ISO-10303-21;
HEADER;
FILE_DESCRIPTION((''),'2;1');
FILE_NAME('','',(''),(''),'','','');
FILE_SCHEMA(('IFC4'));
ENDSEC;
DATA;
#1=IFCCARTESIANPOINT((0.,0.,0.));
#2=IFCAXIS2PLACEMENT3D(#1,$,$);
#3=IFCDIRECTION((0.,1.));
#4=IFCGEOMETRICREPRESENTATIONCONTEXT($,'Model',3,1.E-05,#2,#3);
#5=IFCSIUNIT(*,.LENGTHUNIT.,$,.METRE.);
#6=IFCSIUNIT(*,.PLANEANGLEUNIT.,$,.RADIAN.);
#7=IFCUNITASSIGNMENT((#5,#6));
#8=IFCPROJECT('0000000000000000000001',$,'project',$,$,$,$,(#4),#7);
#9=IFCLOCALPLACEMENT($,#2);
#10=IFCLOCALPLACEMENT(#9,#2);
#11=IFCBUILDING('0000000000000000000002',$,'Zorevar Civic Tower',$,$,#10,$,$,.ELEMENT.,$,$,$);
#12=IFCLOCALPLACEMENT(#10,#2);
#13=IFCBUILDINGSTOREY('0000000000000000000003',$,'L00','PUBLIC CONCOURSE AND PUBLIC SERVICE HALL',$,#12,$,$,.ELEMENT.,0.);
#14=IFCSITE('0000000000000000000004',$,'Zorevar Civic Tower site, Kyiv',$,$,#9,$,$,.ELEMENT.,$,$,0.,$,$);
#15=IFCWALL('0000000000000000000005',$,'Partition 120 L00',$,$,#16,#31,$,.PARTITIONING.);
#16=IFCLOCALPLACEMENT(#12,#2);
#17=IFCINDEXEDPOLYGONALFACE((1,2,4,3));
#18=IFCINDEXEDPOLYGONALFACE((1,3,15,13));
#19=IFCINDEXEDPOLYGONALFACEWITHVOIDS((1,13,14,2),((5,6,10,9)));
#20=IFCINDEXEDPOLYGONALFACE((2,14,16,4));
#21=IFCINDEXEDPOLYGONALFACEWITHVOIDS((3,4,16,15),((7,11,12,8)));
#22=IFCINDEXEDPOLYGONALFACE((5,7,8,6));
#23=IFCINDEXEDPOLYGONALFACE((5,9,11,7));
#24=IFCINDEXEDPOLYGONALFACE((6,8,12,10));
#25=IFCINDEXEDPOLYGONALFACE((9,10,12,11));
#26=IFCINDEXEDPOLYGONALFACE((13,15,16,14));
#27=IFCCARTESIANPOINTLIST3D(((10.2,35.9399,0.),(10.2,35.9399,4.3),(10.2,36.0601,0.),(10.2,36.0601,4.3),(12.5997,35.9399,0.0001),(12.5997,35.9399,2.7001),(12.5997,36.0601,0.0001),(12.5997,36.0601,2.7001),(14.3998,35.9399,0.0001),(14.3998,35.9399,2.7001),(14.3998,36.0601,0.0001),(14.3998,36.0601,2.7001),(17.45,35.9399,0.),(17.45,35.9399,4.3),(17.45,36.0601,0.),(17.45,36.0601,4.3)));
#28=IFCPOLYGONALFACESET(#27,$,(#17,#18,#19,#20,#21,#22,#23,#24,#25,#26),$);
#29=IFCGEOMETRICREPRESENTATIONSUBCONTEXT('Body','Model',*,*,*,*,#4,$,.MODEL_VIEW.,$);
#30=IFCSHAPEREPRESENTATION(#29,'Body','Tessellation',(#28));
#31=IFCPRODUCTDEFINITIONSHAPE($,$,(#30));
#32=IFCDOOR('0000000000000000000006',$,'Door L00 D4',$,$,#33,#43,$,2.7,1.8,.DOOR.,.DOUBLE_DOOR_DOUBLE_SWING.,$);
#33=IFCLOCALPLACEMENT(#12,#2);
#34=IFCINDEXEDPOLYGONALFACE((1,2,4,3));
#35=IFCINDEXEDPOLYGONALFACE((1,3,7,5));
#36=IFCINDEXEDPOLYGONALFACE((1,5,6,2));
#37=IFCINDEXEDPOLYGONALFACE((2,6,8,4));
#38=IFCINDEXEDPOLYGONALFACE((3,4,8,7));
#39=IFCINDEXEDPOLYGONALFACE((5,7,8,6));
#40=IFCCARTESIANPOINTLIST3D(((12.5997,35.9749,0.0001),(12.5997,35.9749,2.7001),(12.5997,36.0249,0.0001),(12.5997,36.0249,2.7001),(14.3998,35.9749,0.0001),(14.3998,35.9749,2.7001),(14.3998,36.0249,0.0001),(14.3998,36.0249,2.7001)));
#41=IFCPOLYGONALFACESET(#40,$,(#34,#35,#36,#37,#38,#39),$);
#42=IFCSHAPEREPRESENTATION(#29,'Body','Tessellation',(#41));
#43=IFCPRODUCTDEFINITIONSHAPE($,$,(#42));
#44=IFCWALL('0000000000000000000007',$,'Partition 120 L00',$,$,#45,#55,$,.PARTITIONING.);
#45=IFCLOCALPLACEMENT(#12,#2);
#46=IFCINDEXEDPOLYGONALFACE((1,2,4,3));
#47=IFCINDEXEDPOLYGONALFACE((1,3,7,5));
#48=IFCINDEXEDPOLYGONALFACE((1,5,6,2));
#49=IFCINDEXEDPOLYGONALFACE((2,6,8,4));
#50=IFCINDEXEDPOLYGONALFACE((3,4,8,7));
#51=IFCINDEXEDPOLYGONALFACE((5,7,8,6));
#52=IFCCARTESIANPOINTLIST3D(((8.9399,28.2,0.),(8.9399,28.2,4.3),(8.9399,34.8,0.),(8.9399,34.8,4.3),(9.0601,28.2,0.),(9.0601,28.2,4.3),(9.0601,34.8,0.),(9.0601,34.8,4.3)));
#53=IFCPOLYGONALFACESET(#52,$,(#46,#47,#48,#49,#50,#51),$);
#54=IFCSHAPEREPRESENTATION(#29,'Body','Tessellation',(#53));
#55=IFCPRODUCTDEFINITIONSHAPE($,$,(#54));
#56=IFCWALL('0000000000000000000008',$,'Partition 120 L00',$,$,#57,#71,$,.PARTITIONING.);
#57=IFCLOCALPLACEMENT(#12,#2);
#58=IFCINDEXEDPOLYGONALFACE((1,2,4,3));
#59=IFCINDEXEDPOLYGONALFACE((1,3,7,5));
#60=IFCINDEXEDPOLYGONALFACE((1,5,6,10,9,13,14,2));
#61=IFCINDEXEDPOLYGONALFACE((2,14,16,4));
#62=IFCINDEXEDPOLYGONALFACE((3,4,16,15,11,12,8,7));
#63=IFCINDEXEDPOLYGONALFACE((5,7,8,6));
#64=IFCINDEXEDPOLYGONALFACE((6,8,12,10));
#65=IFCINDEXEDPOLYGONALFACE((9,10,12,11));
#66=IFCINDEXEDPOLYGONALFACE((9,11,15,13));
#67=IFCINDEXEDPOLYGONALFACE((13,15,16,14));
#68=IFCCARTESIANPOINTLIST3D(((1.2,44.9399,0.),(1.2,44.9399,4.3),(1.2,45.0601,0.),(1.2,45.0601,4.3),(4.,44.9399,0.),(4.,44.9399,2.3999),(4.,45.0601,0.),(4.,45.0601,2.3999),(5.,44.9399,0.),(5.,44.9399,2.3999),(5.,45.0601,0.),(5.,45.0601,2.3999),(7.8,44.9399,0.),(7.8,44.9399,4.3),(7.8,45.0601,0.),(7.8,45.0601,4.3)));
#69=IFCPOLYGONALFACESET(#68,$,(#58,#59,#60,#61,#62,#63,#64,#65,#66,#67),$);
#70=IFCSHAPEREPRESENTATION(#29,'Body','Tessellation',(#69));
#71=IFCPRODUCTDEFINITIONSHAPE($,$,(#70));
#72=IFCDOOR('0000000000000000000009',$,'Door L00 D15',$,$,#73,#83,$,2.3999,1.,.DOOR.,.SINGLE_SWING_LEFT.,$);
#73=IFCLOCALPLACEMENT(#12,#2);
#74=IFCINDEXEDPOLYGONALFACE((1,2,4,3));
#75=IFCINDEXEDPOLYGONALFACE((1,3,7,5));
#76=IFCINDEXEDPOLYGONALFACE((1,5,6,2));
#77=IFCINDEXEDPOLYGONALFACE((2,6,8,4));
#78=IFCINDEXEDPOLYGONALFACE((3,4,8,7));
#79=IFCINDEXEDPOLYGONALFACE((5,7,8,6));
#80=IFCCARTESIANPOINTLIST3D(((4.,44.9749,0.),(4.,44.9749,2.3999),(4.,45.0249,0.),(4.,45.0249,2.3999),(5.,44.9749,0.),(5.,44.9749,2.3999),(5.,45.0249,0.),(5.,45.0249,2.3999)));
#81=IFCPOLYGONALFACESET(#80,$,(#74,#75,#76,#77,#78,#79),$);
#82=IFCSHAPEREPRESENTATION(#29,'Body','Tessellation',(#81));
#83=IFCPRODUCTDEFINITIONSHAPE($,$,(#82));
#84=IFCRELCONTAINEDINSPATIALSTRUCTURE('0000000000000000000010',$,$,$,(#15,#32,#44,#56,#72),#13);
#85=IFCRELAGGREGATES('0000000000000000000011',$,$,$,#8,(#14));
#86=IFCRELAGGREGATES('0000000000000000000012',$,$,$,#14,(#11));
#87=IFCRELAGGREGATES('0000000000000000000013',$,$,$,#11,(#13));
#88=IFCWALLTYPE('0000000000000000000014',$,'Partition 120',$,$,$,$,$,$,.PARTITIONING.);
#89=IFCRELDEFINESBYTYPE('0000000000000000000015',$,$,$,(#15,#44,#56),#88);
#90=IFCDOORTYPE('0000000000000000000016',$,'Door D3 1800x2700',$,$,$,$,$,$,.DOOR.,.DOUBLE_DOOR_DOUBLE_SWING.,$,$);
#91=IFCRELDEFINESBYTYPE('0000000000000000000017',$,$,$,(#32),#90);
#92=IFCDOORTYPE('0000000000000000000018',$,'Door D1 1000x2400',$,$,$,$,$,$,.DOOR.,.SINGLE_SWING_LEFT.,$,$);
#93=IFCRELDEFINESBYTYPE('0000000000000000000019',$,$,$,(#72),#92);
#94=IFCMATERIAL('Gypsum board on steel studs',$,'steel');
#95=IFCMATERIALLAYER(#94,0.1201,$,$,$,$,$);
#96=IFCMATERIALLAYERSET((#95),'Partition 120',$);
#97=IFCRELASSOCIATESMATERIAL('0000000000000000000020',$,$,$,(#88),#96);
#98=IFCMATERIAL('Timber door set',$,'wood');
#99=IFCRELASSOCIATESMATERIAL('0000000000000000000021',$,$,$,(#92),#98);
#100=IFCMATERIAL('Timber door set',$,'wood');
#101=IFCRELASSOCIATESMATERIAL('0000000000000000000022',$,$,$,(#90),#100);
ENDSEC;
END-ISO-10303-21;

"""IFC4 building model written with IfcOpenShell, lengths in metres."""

from ifc_helpers import new_model, si_unit, direction, frame, frame_2d, origin, place, context, subcontext, project, spatial, rectangle, extrude, material, layer, layer_set, type_object, element, fill, save


model = new_model("IFC4")

# Units and contexts
model_context = context("Model", 3, precision=1e-05, world=origin(), true_north=direction((0.0, 1.0)))
body_context = subcontext(model_context, "Body", "Model", "MODEL_VIEW")
ifc_project = project(units=[si_unit("LENGTHUNIT", "METRE"), si_unit("PLANEANGLEUNIT", "RADIAN")], contexts=[model_context])

# Site, building, storey
site_placement = place(None, origin())
site = spatial("IfcSite", under=ifc_project, at=site_placement, Name="Zorevar Civic Tower site, Kyiv", CompositionType="ELEMENT", RefElevation=0.0)
building_placement = place(site_placement, origin())
building = spatial("IfcBuilding", under=site, at=building_placement, Name="Zorevar Civic Tower", CompositionType="ELEMENT")
storey_placement = place(building_placement, origin())
storey = spatial("IfcBuildingStorey", under=building, at=storey_placement, Name="L00", Description="PUBLIC CONCOURSE AND PUBLIC SERVICE HALL", CompositionType="ELEMENT", Elevation=0.0)

# Wall, opening, door
ifc_material_1 = material(Name="Gypsum board on steel studs", Category="steel")
ifc_layer = layer(ifc_material_1, 0.1201)
ifc_layer_set = layer_set([ifc_layer], Name="Partition 120")
wall_type = type_object("IfcWallType", Name="Partition 120", PredefinedType="PARTITIONING", material=ifc_layer_set)
ifc_material_2 = material(Name="Timber door set", Category="wood")
door_type_1 = type_object("IfcDoorType", Name="Door D1 1000x2400", OperationType="SINGLE_SWING_LEFT", PredefinedType="DOOR", material=ifc_material_2)
wall_1_placement = place(storey_placement, frame((10.2, 36.0, 0.0), z_axis=(0.0, 0.0, 1.0), x_axis=(1.0, 0.0, 0.0)))
wall_1 = element("IfcWall", 1, at=wall_1_placement, inside=storey, type_object=wall_type, Name="Partition 120 L00", PredefinedType="PARTITIONING", context=body_context, shape_type="SweptSolid", body=[
    extrude(rectangle(XDim=7.25, YDim=0.1201, at=frame_2d((3.625, 0.0))), origin(), (0.0, 0.0, 1.0), 4.3),
])
opening_1_placement = place(wall_1_placement, frame((2.3999, 0.0, 0.0)))
opening_1 = element("IfcOpeningElement", 2, at=opening_1_placement, cuts=wall_1, PredefinedType="OPENING", context=body_context, shape_type="SweptSolid", body=[
    extrude(rectangle(XDim=1.8, YDim=2.7, at=frame_2d((0.8999, 1.3501))), frame((0.0, 0.0701, 0.0), z_axis=(0.0, -1.0, 0.0), x_axis=(1.0, 0.0, 0.0)), (0.0, 0.0, 1.0), 0.1401),
])
ifc_material_3 = material(Name="Timber door set", Category="wood")
door_type_2 = type_object("IfcDoorType", Name="Door D3 1800x2700", OperationType="DOUBLE_DOOR_DOUBLE_SWING", PredefinedType="DOOR", material=ifc_material_3)
door_1_placement = place(opening_1_placement, origin())
door_1 = element("IfcDoor", 3, at=door_1_placement, inside=storey, type_object=door_type_2, Name="Door L00 D4", OperationType="DOUBLE_DOOR_DOUBLE_SWING", OverallHeight=2.7, OverallWidth=1.8, PredefinedType="DOOR", context=body_context, shape_type="SweptSolid", body=[
    extrude(rectangle(XDim=1.8, YDim=2.7, at=frame_2d((0.8999, 1.3501))), frame((0.0, 0.0249, 0.0), z_axis=(0.0, -1.0, 0.0), x_axis=(1.0, 0.0, 0.0)), (0.0, 0.0, 1.0), 0.05),
])
fill(opening_1, door_1)

# Wall
wall_2_placement = place(storey_placement, frame((9.0, 28.2, 0.0), z_axis=(0.0, 0.0, 1.0), x_axis=(0.0, 1.0, 0.0)))
element("IfcWall", 4, at=wall_2_placement, inside=storey, type_object=wall_type, Name="Partition 120 L00", PredefinedType="PARTITIONING", context=body_context, shape_type="SweptSolid", body=[
    extrude(rectangle(XDim=6.6001, YDim=0.1201, at=frame_2d((3.3, 0.0))), origin(), (0.0, 0.0, 1.0), 4.3),
])

# Wall, opening, door
wall_3_placement = place(storey_placement, frame((1.2, 45.0, 0.0), z_axis=(0.0, 0.0, 1.0), x_axis=(1.0, 0.0, 0.0)))
wall_3 = element("IfcWall", 5, at=wall_3_placement, inside=storey, type_object=wall_type, Name="Partition 120 L00", PredefinedType="PARTITIONING", context=body_context, shape_type="SweptSolid", body=[
    extrude(rectangle(XDim=6.6001, YDim=0.1201, at=frame_2d((3.3, 0.0))), origin(), (0.0, 0.0, 1.0), 4.3),
])
opening_2_placement = place(wall_3_placement, frame((2.8, 0.0, 0.0)))
opening_2 = element("IfcOpeningElement", 6, at=opening_2_placement, cuts=wall_3, PredefinedType="OPENING", context=body_context, shape_type="SweptSolid", body=[
    extrude(rectangle(XDim=1.0, YDim=2.3999, at=frame_2d((0.5, 1.2))), frame((0.0, 0.0701, 0.0), z_axis=(0.0, -1.0, 0.0), x_axis=(1.0, 0.0, 0.0)), (0.0, 0.0, 1.0), 0.1401),
])
door_2_placement = place(opening_2_placement, origin())
door_2 = element("IfcDoor", 7, at=door_2_placement, inside=storey, type_object=door_type_1, Name="Door L00 D15", OperationType="SINGLE_SWING_LEFT", OverallHeight=2.3999, OverallWidth=1.0, PredefinedType="DOOR", context=body_context, shape_type="SweptSolid", body=[
    extrude(rectangle(XDim=1.0, YDim=2.3999, at=frame_2d((0.5, 1.2))), frame((0.0, 0.0249, 0.0), z_axis=(0.0, -1.0, 0.0), x_axis=(1.0, 0.0, 0.0)), (0.0, 0.0, 1.0), 0.05),
])
fill(opening_2, door_2)

save(model, "model.ifc")
